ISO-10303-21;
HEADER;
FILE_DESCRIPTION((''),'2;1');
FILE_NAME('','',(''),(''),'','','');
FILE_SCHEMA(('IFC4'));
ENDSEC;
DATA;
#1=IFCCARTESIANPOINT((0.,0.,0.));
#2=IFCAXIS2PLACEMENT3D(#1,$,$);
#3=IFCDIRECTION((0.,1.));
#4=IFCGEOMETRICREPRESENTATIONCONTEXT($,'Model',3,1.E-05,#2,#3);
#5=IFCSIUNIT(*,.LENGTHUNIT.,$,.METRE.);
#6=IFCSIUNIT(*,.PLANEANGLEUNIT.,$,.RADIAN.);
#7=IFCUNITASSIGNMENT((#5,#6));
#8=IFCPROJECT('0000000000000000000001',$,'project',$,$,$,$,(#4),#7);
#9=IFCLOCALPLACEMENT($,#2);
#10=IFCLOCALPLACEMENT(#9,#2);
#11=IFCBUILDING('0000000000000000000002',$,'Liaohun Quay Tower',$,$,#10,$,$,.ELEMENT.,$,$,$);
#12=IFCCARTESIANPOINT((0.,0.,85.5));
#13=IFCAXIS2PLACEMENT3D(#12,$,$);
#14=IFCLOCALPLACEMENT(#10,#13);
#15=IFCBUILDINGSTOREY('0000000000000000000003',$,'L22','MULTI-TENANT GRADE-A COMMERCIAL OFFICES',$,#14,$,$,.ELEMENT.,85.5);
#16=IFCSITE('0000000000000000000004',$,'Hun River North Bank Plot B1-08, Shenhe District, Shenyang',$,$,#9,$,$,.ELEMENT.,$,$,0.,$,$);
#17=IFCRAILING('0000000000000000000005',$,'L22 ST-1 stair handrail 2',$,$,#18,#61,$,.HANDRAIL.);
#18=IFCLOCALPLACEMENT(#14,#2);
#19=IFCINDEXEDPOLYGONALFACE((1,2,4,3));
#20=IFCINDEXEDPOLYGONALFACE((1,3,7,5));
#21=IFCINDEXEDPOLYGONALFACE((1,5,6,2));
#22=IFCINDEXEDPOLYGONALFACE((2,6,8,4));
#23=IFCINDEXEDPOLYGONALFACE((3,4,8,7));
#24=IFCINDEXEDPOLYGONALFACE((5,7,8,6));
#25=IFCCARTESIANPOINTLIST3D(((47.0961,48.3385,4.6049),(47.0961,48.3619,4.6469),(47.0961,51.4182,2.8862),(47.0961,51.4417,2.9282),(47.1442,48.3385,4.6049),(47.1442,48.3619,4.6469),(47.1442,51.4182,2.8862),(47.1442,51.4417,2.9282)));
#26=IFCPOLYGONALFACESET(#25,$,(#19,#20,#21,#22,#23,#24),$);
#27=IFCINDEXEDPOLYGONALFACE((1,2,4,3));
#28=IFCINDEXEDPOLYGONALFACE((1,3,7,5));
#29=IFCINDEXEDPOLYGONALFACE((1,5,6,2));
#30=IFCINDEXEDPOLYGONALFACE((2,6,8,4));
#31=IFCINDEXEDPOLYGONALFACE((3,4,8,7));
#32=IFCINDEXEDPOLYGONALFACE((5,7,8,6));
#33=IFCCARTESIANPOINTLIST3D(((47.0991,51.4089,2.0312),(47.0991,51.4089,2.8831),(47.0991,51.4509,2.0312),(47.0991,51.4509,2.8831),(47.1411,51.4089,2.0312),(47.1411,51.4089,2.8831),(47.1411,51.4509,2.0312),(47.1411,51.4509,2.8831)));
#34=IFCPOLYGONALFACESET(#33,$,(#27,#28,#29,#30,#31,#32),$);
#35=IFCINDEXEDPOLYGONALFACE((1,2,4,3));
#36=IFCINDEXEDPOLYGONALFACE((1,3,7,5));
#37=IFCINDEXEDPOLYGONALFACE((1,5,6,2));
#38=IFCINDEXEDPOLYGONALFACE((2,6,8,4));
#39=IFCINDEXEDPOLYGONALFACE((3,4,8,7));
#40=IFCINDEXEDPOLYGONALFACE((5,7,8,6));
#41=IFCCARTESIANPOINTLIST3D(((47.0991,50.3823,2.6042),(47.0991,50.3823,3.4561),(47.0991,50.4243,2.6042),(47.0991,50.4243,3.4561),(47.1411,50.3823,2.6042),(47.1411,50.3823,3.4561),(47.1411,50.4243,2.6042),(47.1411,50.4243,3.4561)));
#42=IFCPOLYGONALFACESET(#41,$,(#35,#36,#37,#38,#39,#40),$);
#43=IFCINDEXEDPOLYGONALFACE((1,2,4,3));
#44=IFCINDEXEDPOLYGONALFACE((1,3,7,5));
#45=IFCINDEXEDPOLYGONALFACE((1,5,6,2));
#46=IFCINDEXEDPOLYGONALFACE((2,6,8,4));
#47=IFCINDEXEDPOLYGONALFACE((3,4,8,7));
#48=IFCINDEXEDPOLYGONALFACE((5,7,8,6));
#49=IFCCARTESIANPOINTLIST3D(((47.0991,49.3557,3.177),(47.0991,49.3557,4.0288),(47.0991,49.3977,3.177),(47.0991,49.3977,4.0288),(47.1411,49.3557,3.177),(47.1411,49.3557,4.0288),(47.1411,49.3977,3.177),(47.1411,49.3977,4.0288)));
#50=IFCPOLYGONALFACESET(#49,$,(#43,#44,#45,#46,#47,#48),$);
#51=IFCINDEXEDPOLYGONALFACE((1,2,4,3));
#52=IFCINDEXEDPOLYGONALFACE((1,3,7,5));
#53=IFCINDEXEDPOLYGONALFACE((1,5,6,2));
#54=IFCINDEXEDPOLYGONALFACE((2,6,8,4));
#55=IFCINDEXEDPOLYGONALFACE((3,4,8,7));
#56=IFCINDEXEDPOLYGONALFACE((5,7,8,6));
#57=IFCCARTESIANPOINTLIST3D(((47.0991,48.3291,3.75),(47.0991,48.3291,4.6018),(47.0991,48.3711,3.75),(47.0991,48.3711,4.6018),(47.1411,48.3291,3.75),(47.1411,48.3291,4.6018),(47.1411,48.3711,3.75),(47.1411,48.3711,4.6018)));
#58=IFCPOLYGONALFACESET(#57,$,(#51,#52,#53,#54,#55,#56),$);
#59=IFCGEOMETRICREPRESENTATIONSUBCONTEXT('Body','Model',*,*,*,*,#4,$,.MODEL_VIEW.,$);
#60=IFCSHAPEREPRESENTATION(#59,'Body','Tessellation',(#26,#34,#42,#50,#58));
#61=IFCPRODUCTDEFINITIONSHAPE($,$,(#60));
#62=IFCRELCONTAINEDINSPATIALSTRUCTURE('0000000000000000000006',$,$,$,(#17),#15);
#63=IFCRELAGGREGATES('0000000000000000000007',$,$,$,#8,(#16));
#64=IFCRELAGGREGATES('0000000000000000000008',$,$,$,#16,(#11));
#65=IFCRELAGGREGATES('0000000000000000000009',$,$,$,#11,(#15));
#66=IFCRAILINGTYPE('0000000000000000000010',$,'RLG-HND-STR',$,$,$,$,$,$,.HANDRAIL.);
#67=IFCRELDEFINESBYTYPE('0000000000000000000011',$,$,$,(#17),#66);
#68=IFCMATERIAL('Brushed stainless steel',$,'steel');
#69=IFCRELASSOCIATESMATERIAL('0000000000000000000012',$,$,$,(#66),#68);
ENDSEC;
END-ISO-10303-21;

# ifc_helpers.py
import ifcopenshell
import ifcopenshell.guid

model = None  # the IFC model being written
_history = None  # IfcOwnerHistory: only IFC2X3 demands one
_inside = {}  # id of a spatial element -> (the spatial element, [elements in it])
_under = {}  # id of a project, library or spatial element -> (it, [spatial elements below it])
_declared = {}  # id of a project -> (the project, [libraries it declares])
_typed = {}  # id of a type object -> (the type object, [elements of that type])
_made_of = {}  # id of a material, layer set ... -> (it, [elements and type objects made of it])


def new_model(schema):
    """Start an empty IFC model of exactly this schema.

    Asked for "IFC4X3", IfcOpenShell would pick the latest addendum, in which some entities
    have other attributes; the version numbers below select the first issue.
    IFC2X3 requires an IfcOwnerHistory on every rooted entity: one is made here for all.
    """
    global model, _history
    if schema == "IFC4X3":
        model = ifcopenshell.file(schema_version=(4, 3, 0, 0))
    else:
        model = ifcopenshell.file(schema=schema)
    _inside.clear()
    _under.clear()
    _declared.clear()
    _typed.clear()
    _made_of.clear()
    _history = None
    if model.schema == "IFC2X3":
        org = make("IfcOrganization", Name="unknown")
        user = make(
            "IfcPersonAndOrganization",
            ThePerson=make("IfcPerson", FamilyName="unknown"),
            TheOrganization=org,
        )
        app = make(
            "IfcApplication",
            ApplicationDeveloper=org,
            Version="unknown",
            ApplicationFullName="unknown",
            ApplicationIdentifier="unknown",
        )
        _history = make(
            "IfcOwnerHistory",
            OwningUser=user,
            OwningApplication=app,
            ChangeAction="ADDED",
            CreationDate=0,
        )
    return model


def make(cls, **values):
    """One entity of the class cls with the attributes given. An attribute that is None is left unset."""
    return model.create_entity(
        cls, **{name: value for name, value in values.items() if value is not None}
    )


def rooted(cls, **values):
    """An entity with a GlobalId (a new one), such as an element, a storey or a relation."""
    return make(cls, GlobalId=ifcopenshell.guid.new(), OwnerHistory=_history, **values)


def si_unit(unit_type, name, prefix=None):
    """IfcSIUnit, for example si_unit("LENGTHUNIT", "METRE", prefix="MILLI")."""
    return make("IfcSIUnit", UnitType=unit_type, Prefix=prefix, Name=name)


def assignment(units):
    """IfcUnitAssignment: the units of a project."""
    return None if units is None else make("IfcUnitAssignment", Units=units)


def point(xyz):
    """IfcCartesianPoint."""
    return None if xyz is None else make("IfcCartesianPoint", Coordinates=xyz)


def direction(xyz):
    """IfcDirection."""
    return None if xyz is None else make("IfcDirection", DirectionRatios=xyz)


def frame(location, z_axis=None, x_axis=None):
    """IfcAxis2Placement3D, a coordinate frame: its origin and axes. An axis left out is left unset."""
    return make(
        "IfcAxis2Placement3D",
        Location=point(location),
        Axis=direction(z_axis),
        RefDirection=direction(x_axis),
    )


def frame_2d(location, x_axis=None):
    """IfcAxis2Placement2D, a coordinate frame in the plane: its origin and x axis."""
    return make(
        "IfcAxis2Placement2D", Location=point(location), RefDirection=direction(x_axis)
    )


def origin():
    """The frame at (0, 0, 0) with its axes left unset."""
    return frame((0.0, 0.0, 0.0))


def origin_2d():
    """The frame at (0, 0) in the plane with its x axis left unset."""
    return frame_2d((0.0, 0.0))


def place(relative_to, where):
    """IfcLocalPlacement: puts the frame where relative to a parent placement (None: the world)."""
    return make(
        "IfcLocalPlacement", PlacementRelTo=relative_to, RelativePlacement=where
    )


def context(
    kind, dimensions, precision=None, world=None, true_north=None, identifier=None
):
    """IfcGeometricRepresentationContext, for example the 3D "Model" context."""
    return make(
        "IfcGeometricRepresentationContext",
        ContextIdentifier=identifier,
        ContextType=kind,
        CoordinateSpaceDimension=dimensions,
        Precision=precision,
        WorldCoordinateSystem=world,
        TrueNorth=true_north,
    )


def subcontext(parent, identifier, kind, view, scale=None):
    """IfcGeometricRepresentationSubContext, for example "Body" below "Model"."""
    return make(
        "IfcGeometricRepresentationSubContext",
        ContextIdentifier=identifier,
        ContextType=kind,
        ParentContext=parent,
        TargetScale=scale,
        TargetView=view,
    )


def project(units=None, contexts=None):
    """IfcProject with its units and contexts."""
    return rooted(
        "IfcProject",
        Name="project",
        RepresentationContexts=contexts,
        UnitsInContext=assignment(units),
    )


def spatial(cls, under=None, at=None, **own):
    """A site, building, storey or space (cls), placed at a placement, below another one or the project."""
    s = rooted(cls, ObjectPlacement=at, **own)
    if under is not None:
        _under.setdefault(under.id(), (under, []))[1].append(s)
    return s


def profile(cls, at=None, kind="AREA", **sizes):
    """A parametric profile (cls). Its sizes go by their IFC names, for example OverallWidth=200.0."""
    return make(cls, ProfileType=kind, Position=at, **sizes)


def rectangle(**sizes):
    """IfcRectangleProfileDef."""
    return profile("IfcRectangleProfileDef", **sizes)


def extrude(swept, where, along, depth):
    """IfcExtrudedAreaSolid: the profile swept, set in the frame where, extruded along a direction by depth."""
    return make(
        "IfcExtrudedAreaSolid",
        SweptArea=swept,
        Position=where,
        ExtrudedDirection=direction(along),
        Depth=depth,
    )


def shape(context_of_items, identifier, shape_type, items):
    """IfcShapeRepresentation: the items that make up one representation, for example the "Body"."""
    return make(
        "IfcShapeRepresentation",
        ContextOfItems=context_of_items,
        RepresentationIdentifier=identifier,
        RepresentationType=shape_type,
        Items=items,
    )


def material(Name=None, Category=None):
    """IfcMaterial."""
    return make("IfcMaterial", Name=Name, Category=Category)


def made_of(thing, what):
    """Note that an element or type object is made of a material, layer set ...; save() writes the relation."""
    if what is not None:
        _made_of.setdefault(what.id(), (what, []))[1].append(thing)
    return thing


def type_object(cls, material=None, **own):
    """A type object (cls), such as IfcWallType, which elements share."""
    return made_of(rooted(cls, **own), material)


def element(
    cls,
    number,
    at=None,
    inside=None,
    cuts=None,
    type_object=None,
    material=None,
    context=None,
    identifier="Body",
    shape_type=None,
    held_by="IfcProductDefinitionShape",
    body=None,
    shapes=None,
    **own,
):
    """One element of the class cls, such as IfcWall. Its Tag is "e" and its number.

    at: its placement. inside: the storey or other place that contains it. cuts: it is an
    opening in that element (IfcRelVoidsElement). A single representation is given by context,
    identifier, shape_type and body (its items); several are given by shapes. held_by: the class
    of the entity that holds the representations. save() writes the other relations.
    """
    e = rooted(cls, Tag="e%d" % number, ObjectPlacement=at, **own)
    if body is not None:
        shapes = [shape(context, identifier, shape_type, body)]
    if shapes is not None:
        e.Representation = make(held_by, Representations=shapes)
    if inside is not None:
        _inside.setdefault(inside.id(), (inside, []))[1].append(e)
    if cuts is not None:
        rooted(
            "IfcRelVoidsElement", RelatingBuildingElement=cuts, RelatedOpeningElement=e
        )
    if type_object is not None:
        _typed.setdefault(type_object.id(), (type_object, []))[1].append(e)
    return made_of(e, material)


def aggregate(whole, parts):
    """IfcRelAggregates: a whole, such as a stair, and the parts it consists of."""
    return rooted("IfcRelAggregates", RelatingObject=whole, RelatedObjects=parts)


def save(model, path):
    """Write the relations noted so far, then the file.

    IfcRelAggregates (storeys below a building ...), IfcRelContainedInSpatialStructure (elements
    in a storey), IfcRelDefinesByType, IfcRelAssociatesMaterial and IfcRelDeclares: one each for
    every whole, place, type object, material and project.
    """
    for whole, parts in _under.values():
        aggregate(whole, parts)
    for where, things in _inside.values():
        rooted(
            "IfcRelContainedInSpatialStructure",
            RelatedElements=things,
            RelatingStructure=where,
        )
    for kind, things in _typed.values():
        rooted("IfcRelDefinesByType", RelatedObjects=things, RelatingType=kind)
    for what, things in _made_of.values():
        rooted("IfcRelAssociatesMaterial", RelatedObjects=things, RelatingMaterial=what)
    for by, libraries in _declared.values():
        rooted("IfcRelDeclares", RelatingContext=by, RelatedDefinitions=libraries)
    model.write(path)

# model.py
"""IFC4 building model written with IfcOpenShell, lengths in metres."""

from ifc_helpers import new_model, si_unit, direction, frame, origin, origin_2d, place, context, subcontext, project, spatial, rectangle, extrude, material, type_object, element, save


model = new_model("IFC4")

# Units and contexts
model_context = context("Model", 3, precision=1e-05, world=origin(), true_north=direction((0.0, 1.0)))
body_context = subcontext(model_context, "Body", "Model", "MODEL_VIEW")
ifc_project = project(units=[si_unit("LENGTHUNIT", "METRE"), si_unit("PLANEANGLEUNIT", "RADIAN")], contexts=[model_context])

# Site, building, storey
site_placement = place(None, origin())
site = spatial("IfcSite", under=ifc_project, at=site_placement, Name="Hun River North Bank Plot B1-08, Shenhe District, Shenyang", CompositionType="ELEMENT", RefElevation=0.0)
building_placement = place(site_placement, origin())
building = spatial("IfcBuilding", under=site, at=building_placement, Name="Liaohun Quay Tower", CompositionType="ELEMENT")
storey_placement = place(building_placement, frame((0.0, 0.0, 85.5)))
storey = spatial("IfcBuildingStorey", under=building, at=storey_placement, Name="L22", Description="MULTI-TENANT GRADE-A COMMERCIAL OFFICES", CompositionType="ELEMENT", Elevation=85.5)

# Railing
ifc_material_1 = material(Name="Brushed stainless steel", Category="steel")
railing_type_1 = type_object("IfcRailingType", Name="RLG-HND-STR", PredefinedType="HANDRAIL", material=ifc_material_1)
railing_1_placement = place(storey_placement, frame((47.1201, 51.4299, 2.0312)))
element("IfcRailing", 1, at=railing_1_placement, inside=storey, type_object=railing_type_1, Name="L22 ST-1 stair handrail 2", PredefinedType="HANDRAIL", context=body_context, shape_type="SweptSolid", body=[
    extrude(rectangle(XDim=0.0481, YDim=0.0481, at=origin_2d()), frame((0.0, 0.0, 0.876), z_axis=(0.0, -0.873225, 0.487317), x_axis=(1.0, 0.0, 0.0)), (0.0, 0.0, 1.0), 3.5269),
    extrude(rectangle(XDim=0.042, YDim=0.042, at=origin_2d()), origin(), (0.0, 0.0, 1.0), 0.8518),
    extrude(rectangle(XDim=0.042, YDim=0.042, at=origin_2d()), frame((0.0, -1.0266, 0.573)), (0.0, 0.0, 1.0), 0.8518),
    extrude(rectangle(XDim=0.042, YDim=0.042, at=origin_2d()), frame((0.0, -2.0532, 1.1458)), (0.0, 0.0, 1.0), 0.8518),
    extrude(rectangle(XDim=0.042, YDim=0.042, at=origin_2d()), frame((0.0, -3.0798, 1.7188)), (0.0, 0.0, 1.0), 0.8518),
])

save(model, "model.ifc")
